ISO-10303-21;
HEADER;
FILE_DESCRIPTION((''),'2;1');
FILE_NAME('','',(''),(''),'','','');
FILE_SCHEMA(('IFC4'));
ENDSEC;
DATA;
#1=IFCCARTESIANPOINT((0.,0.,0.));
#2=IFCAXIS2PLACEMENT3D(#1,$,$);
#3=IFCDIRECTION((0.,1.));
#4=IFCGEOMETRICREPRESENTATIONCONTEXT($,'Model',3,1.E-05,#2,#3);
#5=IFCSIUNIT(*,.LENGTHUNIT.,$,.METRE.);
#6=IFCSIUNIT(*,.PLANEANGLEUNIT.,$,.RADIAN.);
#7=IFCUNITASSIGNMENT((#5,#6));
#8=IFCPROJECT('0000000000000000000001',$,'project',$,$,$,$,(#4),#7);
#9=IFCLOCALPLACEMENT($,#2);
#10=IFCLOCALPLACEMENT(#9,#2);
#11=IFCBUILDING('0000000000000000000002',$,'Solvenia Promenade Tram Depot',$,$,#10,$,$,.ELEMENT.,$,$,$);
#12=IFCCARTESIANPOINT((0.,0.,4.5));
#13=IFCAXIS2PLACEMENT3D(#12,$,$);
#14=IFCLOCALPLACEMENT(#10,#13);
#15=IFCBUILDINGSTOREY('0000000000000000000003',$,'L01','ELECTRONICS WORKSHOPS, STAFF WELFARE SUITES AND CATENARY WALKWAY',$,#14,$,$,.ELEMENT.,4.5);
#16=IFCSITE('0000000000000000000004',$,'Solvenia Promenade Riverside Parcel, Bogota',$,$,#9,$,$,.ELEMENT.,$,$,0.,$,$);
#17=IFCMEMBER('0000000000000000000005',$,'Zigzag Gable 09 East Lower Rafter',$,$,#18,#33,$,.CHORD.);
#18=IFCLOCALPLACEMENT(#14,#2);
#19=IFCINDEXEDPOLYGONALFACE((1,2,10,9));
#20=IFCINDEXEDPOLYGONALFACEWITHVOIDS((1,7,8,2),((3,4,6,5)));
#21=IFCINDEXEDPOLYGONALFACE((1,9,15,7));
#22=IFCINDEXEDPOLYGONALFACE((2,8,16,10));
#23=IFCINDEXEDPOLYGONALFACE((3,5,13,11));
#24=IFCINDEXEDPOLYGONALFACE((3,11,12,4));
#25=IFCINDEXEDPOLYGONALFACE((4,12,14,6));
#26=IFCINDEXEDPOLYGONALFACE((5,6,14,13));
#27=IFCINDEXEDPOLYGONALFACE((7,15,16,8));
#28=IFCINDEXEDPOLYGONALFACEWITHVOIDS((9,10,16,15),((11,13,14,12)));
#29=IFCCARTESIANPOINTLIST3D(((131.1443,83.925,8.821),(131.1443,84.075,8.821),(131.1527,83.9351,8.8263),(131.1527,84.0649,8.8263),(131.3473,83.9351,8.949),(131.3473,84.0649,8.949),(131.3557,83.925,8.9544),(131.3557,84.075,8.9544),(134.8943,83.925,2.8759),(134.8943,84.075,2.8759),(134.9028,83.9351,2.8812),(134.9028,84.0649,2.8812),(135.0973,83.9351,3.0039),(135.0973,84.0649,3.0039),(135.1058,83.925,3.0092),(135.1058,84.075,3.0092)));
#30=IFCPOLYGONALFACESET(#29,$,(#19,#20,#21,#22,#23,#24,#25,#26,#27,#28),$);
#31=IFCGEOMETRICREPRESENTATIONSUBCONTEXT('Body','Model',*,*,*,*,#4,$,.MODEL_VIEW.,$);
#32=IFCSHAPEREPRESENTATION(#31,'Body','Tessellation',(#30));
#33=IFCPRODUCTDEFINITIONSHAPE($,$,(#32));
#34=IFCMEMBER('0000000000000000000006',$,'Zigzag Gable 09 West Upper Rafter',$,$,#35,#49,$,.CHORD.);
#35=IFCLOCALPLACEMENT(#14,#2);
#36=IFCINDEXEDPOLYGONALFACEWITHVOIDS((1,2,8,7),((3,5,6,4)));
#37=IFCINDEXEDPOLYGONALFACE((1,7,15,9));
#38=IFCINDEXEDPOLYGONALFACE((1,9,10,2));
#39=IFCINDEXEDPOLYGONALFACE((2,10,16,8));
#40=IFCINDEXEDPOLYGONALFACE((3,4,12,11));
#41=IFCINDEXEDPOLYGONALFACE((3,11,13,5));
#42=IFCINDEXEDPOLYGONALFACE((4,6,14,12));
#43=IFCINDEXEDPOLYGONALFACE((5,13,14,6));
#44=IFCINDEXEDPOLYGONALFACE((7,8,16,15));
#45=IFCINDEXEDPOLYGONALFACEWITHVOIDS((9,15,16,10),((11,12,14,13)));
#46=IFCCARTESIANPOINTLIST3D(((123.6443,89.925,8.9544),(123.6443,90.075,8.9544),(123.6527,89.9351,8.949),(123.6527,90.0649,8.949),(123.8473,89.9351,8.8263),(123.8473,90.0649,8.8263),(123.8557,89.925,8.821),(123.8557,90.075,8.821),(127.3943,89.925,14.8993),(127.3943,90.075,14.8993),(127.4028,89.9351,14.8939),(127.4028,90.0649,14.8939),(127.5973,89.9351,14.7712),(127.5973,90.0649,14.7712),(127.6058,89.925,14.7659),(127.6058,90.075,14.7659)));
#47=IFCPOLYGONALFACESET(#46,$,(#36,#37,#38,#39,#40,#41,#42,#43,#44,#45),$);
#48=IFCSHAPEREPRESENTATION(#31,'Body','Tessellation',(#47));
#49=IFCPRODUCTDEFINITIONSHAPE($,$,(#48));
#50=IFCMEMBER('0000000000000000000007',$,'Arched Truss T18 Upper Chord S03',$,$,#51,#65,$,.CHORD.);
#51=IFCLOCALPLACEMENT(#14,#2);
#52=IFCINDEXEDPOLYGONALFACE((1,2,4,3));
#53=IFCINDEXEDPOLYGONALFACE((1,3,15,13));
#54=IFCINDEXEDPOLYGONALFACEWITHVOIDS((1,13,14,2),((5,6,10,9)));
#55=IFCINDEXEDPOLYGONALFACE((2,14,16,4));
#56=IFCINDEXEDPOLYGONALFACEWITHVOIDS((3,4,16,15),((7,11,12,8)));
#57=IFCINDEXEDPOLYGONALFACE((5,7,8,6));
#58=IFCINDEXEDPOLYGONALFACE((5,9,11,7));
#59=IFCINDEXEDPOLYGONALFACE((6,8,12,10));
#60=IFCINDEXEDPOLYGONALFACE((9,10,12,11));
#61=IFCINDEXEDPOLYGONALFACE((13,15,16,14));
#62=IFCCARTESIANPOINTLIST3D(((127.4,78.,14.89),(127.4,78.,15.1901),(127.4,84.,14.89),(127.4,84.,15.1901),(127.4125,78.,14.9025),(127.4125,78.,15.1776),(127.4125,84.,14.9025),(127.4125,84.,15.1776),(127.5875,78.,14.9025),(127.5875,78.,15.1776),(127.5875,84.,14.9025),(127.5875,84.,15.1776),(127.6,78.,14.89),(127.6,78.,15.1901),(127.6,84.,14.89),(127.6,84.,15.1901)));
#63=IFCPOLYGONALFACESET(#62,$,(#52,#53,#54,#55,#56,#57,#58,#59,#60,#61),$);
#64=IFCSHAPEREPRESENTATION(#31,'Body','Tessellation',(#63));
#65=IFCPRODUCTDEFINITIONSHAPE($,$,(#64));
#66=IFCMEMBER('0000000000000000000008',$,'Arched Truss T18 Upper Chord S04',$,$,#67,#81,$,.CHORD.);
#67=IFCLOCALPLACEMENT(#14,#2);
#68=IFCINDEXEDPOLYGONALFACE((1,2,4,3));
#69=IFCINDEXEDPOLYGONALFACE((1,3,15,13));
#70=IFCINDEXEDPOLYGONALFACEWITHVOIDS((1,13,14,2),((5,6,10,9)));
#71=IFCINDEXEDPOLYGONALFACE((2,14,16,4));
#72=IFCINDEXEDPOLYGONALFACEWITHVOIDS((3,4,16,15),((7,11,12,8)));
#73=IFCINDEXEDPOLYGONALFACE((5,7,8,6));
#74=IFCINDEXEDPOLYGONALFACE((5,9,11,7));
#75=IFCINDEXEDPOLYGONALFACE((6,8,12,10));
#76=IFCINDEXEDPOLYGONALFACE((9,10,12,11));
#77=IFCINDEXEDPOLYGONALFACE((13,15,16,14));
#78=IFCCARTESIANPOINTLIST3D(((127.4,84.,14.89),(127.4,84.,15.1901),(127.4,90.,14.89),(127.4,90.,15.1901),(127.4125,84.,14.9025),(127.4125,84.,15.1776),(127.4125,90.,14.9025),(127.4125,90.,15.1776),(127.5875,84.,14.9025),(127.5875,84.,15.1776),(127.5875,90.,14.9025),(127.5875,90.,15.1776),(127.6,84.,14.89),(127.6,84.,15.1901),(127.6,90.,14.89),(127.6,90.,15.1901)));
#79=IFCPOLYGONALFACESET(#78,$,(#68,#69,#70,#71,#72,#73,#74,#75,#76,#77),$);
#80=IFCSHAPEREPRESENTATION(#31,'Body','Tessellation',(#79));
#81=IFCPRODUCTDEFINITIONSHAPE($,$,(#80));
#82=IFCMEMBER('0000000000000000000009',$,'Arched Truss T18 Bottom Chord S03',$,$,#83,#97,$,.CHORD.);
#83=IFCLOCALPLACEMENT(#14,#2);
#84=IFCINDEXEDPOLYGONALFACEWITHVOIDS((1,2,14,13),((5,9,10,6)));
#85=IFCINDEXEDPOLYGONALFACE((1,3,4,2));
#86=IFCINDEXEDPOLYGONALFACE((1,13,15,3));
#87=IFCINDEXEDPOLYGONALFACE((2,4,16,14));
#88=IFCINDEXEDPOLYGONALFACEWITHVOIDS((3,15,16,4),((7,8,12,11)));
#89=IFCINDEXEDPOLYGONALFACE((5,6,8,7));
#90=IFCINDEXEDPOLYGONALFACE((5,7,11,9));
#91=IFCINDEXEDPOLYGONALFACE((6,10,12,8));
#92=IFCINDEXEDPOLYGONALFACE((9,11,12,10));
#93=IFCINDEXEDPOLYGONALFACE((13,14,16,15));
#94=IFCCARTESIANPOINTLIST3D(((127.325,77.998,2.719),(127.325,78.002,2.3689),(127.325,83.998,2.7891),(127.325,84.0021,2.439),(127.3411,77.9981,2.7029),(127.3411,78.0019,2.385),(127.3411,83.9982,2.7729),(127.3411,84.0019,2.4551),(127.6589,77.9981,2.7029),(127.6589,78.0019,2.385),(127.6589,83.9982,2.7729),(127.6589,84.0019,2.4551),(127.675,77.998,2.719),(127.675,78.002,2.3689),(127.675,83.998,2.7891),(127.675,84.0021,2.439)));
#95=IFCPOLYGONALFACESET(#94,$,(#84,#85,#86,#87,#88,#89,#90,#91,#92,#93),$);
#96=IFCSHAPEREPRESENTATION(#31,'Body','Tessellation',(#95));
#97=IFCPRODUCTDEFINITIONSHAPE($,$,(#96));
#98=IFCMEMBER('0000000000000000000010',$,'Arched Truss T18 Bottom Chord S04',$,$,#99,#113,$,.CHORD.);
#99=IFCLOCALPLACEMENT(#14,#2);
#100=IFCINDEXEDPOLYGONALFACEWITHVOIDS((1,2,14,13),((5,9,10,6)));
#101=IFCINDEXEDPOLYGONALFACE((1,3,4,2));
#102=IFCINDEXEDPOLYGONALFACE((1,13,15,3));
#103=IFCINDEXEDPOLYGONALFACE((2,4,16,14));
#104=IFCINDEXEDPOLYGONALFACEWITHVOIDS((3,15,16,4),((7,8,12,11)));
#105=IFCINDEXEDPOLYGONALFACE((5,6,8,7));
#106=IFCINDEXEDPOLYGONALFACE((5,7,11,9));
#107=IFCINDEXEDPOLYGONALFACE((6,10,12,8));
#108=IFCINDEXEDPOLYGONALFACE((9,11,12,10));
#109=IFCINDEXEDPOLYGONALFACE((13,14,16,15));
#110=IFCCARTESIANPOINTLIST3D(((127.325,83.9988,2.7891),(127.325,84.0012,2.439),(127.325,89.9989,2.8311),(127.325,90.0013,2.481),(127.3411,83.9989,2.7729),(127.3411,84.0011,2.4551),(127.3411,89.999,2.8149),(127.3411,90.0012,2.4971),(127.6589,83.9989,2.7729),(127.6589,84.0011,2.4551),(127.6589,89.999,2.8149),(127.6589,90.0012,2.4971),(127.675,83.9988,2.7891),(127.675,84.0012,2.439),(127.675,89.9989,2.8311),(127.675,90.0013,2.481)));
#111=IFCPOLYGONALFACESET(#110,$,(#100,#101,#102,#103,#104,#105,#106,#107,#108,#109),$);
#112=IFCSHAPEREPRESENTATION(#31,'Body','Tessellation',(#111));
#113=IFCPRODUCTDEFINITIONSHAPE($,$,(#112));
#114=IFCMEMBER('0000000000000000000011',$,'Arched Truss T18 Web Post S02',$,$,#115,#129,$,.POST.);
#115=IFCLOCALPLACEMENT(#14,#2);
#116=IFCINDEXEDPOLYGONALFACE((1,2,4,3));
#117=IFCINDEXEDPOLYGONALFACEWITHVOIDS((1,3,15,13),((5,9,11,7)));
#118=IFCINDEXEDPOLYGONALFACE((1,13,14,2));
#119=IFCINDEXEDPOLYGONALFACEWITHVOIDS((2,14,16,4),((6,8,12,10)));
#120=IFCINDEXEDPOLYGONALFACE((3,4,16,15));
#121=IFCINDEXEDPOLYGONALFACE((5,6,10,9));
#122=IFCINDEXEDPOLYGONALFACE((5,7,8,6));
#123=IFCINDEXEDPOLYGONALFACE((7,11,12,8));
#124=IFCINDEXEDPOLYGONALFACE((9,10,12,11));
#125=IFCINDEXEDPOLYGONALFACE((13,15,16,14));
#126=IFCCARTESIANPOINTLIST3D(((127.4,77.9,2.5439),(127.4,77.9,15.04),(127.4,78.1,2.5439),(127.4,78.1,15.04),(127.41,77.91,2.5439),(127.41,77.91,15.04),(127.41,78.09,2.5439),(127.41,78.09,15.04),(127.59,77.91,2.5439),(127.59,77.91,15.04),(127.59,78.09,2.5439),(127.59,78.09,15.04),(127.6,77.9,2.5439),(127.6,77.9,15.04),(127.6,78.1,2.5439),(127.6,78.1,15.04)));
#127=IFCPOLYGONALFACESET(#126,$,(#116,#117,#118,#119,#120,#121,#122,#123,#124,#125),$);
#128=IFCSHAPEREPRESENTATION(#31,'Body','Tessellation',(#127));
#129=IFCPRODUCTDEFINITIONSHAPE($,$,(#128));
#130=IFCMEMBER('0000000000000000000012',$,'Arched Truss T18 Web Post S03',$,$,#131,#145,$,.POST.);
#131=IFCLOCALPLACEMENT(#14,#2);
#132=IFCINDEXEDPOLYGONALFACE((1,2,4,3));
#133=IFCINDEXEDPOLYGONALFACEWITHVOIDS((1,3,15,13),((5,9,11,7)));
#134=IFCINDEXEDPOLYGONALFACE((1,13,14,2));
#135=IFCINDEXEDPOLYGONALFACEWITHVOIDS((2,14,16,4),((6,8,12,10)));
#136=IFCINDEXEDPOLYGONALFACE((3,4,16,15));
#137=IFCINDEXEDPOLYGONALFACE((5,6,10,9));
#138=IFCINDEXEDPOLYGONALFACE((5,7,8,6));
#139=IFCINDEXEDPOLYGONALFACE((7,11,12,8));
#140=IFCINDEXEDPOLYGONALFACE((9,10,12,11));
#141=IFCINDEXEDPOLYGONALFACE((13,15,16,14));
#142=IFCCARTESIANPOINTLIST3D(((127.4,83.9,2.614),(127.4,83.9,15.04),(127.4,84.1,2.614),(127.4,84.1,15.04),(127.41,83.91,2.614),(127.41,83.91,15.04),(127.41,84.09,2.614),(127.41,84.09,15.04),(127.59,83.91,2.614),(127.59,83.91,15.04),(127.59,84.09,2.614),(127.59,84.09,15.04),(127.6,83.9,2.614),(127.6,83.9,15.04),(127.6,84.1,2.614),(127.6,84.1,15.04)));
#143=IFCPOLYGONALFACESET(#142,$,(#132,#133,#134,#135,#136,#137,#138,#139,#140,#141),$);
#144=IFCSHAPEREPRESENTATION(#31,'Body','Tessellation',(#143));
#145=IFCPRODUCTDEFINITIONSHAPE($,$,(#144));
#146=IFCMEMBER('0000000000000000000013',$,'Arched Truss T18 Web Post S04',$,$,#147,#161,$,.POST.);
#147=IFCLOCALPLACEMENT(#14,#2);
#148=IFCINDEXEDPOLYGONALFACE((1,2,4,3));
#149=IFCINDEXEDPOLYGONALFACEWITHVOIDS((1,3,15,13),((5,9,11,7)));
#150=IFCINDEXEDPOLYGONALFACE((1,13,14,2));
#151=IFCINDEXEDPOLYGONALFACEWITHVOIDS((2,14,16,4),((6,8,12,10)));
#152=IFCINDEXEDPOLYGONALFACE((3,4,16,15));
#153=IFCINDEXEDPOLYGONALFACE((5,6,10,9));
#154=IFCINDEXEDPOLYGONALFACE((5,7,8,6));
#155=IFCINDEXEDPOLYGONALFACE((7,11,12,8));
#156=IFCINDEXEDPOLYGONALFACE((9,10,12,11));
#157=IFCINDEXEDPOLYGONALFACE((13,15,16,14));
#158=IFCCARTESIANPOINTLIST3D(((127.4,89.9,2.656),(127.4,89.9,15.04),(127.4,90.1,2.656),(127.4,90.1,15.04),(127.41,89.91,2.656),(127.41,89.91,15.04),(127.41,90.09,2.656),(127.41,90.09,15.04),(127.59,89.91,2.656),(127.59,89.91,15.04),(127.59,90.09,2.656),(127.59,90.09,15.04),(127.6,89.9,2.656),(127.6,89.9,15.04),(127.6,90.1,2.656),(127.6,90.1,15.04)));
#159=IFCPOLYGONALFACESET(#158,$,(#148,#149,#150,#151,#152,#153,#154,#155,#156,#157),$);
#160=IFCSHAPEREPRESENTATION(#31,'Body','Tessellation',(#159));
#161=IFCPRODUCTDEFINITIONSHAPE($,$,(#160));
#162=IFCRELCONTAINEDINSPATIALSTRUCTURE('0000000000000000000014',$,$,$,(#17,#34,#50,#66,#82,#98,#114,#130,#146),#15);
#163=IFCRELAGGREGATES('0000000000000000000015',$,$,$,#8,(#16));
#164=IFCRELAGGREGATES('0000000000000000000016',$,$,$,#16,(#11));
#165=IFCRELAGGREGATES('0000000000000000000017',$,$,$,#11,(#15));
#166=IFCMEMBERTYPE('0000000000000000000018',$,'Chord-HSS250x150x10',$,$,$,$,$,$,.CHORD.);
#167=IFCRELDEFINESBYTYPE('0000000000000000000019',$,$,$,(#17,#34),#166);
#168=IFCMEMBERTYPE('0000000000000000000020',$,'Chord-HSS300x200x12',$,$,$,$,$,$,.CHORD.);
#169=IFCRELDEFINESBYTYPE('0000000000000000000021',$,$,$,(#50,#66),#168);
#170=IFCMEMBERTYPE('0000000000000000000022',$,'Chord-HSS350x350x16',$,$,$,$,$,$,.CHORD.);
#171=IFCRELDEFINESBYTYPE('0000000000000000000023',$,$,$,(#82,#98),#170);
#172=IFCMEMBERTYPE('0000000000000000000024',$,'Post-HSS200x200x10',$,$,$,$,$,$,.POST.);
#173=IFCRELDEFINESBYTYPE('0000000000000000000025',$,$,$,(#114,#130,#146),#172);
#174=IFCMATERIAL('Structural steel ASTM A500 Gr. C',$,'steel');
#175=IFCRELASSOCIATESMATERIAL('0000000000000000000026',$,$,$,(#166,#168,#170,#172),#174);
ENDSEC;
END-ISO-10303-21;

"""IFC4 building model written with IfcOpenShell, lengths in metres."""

from ifc_helpers import new_model, si_unit, direction, frame, origin, origin_2d, place, context, subcontext, project, spatial, hollow_rectangle, extrude, material, material_profile, profile_set, type_object, element, save


model = new_model("IFC4")

# Units and contexts
model_context = context("Model", 3, precision=1e-05, world=origin(), true_north=direction((0.0, 1.0)))
body_context = subcontext(model_context, "Body", "Model", "MODEL_VIEW")
ifc_project = project(units=[si_unit("LENGTHUNIT", "METRE"), si_unit("PLANEANGLEUNIT", "RADIAN")], contexts=[model_context])

# Site, building, storey
site_placement = place(None, origin())
site = spatial("IfcSite", under=ifc_project, at=site_placement, Name="Solvenia Promenade Riverside Parcel, Bogota", CompositionType="ELEMENT", RefElevation=0.0)
building_placement = place(site_placement, origin())
building = spatial("IfcBuilding", under=site, at=building_placement, Name="Solvenia Promenade Tram Depot", CompositionType="ELEMENT")
storey_placement = place(building_placement, frame((0.0, 0.0, 4.5)))
storey = spatial("IfcBuildingStorey", under=building, at=storey_placement, Name="L01", Description="ELECTRONICS WORKSHOPS, STAFF WELFARE SUITES AND CATENARY WALKWAY", CompositionType="ELEMENT", Elevation=4.5)

# Members
ifc_material_1 = material(Name="Structural steel ASTM A500 Gr. C", Category="steel")
ifc_material_profile_1 = material_profile(ifc_material_1, hollow_rectangle(XDim=0.1499, YDim=0.25, WallThickness=0.01, at=origin_2d()), Name="HSS250x150x10", Category="steel")
ifc_profile_set_1 = profile_set([ifc_material_profile_1], Name="Structural steel ASTM A500 Gr. C")
member_type_1 = type_object("IfcMemberType", Name="Chord-HSS250x150x10", PredefinedType="CHORD", material=ifc_profile_set_1)
member_1_placement = place(storey_placement, frame((131.25, 84.0, 8.8877), z_axis=(0.533507, 0.0, -0.845796), x_axis=(0.0, 1.0, 0.0)))
element("IfcMember", 1, at=member_1_placement, inside=storey, type_object=member_type_1, Name="Zigzag Gable 09 East Lower Rafter", PredefinedType="CHORD", context=body_context, shape_type="SweptSolid", body=[
    extrude(hollow_rectangle(XDim=0.1499, YDim=0.25, WallThickness=0.01, at=origin_2d()), origin(), (0.0, 0.0, 1.0), 7.0291),
])
member_2_placement = place(storey_placement, frame((123.75, 90.0, 8.8877), z_axis=(0.533522, 0.0, 0.845786), x_axis=(0.0, 1.0, 0.0)))
element("IfcMember", 2, at=member_2_placement, inside=storey, type_object=member_type_1, Name="Zigzag Gable 09 West Upper Rafter", PredefinedType="CHORD", context=body_context, shape_type="SweptSolid", body=[
    extrude(hollow_rectangle(XDim=0.1499, YDim=0.25, WallThickness=0.01, at=origin_2d()), origin(), (0.0, 0.0, 1.0), 7.0288),
])
ifc_material_profile_2 = material_profile(ifc_material_1, hollow_rectangle(XDim=0.2, YDim=0.3, WallThickness=0.0125, at=origin_2d()), Name="HSS300x200x12.5", Category="steel")
ifc_profile_set_2 = profile_set([ifc_material_profile_2], Name="Structural steel ASTM A500 Gr. C")
member_type_2 = type_object("IfcMemberType", Name="Chord-HSS300x200x12", PredefinedType="CHORD", material=ifc_profile_set_2)
for number, where, z_axis, x_axis, name in (
    (3, (127.5, 78.0, 15.04), (0.0, 1.0, 0.0), (-1.0, 0.0, 0.0), "Arched Truss T18 Upper Chord S03"),
    (4, (127.5, 84.0, 15.04), (0.0, 1.0, 0.0), (-1.0, 0.0, 0.0), "Arched Truss T18 Upper Chord S04"),
):
    element("IfcMember", number, at=place(storey_placement, frame(where, z_axis=z_axis, x_axis=x_axis)), inside=storey, type_object=member_type_2, Name=name, PredefinedType="CHORD", context=body_context, shape_type="SweptSolid", body=[
        extrude(hollow_rectangle(XDim=0.2, YDim=0.3, WallThickness=0.0125, at=origin_2d()), origin(), (0.0, 0.0, 1.0), 6.0),
    ])
ifc_material_profile_3 = material_profile(ifc_material_1, hollow_rectangle(XDim=0.3501, YDim=0.3501, WallThickness=0.0161, at=origin_2d()), Name="HSS350x350x16", Category="steel")
ifc_profile_set_3 = profile_set([ifc_material_profile_3], Name="Structural steel ASTM A500 Gr. C")
member_type_3 = type_object("IfcMemberType", Name="Chord-HSS350x350x16", PredefinedType="CHORD", material=ifc_profile_set_3)
member_3_placement = place(storey_placement, frame((127.5, 78.0, 2.5439), z_axis=(0.0, 0.999932, 0.011677), x_axis=(-1.0, 0.0, 0.0)))
element("IfcMember", 5, at=member_3_placement, inside=storey, type_object=member_type_3, Name="Arched Truss T18 Bottom Chord S03", PredefinedType="CHORD", context=body_context, shape_type="SweptSolid", body=[
    extrude(hollow_rectangle(XDim=0.3501, YDim=0.3501, WallThickness=0.0161, at=origin_2d()), origin(), (0.0, 0.0, 1.0), 6.0005),
])
member_4_placement = place(storey_placement, frame((127.5, 84.0, 2.614), z_axis=(0.0, 0.999976, 0.006999), x_axis=(-1.0, 0.0, 0.0)))
element("IfcMember", 6, at=member_4_placement, inside=storey, type_object=member_type_3, Name="Arched Truss T18 Bottom Chord S04", PredefinedType="CHORD", context=body_context, shape_type="SweptSolid", body=[
    extrude(hollow_rectangle(XDim=0.3501, YDim=0.3501, WallThickness=0.0161, at=origin_2d()), origin(), (0.0, 0.0, 1.0), 6.0002),
])
ifc_material_profile_4 = material_profile(ifc_material_1, hollow_rectangle(XDim=0.2, YDim=0.2, WallThickness=0.01, at=origin_2d()), Name="HSS200x200x10", Category="steel")
ifc_profile_set_4 = profile_set([ifc_material_profile_4], Name="Structural steel ASTM A500 Gr. C")
member_type_4 = type_object("IfcMemberType", Name="Post-HSS200x200x10", PredefinedType="POST", material=ifc_profile_set_4)
member_5_placement = place(storey_placement, frame((127.5, 78.0, 2.5439), z_axis=(0.0, 0.0, 1.0), x_axis=(1.0, 0.0, 0.0)))
element("IfcMember", 7, at=member_5_placement, inside=storey, type_object=member_type_4, Name="Arched Truss T18 Web Post S02", PredefinedType="POST", context=body_context, shape_type="SweptSolid", body=[
    extrude(hollow_rectangle(XDim=0.2, YDim=0.2, WallThickness=0.01, at=origin_2d()), origin(), (0.0, 0.0, 1.0), 12.4961),
])
member_6_placement = place(storey_placement, frame((127.5, 84.0, 2.614), z_axis=(0.0, 0.0, 1.0), x_axis=(1.0, 0.0, 0.0)))
element("IfcMember", 8, at=member_6_placement, inside=storey, type_object=member_type_4, Name="Arched Truss T18 Web Post S03", PredefinedType="POST", context=body_context, shape_type="SweptSolid", body=[
    extrude(hollow_rectangle(XDim=0.2, YDim=0.2, WallThickness=0.01, at=origin_2d()), origin(), (0.0, 0.0, 1.0), 12.426),
])
member_7_placement = place(storey_placement, frame((127.5, 90.0, 2.656), z_axis=(0.0, 0.0, 1.0), x_axis=(1.0, 0.0, 0.0)))
element("IfcMember", 9, at=member_7_placement, inside=storey, type_object=member_type_4, Name="Arched Truss T18 Web Post S04", PredefinedType="POST", context=body_context, shape_type="SweptSolid", body=[
    extrude(hollow_rectangle(XDim=0.2, YDim=0.2, WallThickness=0.01, at=origin_2d()), origin(), (0.0, 0.0, 1.0), 12.384),
])

save(model, "model.ifc")
